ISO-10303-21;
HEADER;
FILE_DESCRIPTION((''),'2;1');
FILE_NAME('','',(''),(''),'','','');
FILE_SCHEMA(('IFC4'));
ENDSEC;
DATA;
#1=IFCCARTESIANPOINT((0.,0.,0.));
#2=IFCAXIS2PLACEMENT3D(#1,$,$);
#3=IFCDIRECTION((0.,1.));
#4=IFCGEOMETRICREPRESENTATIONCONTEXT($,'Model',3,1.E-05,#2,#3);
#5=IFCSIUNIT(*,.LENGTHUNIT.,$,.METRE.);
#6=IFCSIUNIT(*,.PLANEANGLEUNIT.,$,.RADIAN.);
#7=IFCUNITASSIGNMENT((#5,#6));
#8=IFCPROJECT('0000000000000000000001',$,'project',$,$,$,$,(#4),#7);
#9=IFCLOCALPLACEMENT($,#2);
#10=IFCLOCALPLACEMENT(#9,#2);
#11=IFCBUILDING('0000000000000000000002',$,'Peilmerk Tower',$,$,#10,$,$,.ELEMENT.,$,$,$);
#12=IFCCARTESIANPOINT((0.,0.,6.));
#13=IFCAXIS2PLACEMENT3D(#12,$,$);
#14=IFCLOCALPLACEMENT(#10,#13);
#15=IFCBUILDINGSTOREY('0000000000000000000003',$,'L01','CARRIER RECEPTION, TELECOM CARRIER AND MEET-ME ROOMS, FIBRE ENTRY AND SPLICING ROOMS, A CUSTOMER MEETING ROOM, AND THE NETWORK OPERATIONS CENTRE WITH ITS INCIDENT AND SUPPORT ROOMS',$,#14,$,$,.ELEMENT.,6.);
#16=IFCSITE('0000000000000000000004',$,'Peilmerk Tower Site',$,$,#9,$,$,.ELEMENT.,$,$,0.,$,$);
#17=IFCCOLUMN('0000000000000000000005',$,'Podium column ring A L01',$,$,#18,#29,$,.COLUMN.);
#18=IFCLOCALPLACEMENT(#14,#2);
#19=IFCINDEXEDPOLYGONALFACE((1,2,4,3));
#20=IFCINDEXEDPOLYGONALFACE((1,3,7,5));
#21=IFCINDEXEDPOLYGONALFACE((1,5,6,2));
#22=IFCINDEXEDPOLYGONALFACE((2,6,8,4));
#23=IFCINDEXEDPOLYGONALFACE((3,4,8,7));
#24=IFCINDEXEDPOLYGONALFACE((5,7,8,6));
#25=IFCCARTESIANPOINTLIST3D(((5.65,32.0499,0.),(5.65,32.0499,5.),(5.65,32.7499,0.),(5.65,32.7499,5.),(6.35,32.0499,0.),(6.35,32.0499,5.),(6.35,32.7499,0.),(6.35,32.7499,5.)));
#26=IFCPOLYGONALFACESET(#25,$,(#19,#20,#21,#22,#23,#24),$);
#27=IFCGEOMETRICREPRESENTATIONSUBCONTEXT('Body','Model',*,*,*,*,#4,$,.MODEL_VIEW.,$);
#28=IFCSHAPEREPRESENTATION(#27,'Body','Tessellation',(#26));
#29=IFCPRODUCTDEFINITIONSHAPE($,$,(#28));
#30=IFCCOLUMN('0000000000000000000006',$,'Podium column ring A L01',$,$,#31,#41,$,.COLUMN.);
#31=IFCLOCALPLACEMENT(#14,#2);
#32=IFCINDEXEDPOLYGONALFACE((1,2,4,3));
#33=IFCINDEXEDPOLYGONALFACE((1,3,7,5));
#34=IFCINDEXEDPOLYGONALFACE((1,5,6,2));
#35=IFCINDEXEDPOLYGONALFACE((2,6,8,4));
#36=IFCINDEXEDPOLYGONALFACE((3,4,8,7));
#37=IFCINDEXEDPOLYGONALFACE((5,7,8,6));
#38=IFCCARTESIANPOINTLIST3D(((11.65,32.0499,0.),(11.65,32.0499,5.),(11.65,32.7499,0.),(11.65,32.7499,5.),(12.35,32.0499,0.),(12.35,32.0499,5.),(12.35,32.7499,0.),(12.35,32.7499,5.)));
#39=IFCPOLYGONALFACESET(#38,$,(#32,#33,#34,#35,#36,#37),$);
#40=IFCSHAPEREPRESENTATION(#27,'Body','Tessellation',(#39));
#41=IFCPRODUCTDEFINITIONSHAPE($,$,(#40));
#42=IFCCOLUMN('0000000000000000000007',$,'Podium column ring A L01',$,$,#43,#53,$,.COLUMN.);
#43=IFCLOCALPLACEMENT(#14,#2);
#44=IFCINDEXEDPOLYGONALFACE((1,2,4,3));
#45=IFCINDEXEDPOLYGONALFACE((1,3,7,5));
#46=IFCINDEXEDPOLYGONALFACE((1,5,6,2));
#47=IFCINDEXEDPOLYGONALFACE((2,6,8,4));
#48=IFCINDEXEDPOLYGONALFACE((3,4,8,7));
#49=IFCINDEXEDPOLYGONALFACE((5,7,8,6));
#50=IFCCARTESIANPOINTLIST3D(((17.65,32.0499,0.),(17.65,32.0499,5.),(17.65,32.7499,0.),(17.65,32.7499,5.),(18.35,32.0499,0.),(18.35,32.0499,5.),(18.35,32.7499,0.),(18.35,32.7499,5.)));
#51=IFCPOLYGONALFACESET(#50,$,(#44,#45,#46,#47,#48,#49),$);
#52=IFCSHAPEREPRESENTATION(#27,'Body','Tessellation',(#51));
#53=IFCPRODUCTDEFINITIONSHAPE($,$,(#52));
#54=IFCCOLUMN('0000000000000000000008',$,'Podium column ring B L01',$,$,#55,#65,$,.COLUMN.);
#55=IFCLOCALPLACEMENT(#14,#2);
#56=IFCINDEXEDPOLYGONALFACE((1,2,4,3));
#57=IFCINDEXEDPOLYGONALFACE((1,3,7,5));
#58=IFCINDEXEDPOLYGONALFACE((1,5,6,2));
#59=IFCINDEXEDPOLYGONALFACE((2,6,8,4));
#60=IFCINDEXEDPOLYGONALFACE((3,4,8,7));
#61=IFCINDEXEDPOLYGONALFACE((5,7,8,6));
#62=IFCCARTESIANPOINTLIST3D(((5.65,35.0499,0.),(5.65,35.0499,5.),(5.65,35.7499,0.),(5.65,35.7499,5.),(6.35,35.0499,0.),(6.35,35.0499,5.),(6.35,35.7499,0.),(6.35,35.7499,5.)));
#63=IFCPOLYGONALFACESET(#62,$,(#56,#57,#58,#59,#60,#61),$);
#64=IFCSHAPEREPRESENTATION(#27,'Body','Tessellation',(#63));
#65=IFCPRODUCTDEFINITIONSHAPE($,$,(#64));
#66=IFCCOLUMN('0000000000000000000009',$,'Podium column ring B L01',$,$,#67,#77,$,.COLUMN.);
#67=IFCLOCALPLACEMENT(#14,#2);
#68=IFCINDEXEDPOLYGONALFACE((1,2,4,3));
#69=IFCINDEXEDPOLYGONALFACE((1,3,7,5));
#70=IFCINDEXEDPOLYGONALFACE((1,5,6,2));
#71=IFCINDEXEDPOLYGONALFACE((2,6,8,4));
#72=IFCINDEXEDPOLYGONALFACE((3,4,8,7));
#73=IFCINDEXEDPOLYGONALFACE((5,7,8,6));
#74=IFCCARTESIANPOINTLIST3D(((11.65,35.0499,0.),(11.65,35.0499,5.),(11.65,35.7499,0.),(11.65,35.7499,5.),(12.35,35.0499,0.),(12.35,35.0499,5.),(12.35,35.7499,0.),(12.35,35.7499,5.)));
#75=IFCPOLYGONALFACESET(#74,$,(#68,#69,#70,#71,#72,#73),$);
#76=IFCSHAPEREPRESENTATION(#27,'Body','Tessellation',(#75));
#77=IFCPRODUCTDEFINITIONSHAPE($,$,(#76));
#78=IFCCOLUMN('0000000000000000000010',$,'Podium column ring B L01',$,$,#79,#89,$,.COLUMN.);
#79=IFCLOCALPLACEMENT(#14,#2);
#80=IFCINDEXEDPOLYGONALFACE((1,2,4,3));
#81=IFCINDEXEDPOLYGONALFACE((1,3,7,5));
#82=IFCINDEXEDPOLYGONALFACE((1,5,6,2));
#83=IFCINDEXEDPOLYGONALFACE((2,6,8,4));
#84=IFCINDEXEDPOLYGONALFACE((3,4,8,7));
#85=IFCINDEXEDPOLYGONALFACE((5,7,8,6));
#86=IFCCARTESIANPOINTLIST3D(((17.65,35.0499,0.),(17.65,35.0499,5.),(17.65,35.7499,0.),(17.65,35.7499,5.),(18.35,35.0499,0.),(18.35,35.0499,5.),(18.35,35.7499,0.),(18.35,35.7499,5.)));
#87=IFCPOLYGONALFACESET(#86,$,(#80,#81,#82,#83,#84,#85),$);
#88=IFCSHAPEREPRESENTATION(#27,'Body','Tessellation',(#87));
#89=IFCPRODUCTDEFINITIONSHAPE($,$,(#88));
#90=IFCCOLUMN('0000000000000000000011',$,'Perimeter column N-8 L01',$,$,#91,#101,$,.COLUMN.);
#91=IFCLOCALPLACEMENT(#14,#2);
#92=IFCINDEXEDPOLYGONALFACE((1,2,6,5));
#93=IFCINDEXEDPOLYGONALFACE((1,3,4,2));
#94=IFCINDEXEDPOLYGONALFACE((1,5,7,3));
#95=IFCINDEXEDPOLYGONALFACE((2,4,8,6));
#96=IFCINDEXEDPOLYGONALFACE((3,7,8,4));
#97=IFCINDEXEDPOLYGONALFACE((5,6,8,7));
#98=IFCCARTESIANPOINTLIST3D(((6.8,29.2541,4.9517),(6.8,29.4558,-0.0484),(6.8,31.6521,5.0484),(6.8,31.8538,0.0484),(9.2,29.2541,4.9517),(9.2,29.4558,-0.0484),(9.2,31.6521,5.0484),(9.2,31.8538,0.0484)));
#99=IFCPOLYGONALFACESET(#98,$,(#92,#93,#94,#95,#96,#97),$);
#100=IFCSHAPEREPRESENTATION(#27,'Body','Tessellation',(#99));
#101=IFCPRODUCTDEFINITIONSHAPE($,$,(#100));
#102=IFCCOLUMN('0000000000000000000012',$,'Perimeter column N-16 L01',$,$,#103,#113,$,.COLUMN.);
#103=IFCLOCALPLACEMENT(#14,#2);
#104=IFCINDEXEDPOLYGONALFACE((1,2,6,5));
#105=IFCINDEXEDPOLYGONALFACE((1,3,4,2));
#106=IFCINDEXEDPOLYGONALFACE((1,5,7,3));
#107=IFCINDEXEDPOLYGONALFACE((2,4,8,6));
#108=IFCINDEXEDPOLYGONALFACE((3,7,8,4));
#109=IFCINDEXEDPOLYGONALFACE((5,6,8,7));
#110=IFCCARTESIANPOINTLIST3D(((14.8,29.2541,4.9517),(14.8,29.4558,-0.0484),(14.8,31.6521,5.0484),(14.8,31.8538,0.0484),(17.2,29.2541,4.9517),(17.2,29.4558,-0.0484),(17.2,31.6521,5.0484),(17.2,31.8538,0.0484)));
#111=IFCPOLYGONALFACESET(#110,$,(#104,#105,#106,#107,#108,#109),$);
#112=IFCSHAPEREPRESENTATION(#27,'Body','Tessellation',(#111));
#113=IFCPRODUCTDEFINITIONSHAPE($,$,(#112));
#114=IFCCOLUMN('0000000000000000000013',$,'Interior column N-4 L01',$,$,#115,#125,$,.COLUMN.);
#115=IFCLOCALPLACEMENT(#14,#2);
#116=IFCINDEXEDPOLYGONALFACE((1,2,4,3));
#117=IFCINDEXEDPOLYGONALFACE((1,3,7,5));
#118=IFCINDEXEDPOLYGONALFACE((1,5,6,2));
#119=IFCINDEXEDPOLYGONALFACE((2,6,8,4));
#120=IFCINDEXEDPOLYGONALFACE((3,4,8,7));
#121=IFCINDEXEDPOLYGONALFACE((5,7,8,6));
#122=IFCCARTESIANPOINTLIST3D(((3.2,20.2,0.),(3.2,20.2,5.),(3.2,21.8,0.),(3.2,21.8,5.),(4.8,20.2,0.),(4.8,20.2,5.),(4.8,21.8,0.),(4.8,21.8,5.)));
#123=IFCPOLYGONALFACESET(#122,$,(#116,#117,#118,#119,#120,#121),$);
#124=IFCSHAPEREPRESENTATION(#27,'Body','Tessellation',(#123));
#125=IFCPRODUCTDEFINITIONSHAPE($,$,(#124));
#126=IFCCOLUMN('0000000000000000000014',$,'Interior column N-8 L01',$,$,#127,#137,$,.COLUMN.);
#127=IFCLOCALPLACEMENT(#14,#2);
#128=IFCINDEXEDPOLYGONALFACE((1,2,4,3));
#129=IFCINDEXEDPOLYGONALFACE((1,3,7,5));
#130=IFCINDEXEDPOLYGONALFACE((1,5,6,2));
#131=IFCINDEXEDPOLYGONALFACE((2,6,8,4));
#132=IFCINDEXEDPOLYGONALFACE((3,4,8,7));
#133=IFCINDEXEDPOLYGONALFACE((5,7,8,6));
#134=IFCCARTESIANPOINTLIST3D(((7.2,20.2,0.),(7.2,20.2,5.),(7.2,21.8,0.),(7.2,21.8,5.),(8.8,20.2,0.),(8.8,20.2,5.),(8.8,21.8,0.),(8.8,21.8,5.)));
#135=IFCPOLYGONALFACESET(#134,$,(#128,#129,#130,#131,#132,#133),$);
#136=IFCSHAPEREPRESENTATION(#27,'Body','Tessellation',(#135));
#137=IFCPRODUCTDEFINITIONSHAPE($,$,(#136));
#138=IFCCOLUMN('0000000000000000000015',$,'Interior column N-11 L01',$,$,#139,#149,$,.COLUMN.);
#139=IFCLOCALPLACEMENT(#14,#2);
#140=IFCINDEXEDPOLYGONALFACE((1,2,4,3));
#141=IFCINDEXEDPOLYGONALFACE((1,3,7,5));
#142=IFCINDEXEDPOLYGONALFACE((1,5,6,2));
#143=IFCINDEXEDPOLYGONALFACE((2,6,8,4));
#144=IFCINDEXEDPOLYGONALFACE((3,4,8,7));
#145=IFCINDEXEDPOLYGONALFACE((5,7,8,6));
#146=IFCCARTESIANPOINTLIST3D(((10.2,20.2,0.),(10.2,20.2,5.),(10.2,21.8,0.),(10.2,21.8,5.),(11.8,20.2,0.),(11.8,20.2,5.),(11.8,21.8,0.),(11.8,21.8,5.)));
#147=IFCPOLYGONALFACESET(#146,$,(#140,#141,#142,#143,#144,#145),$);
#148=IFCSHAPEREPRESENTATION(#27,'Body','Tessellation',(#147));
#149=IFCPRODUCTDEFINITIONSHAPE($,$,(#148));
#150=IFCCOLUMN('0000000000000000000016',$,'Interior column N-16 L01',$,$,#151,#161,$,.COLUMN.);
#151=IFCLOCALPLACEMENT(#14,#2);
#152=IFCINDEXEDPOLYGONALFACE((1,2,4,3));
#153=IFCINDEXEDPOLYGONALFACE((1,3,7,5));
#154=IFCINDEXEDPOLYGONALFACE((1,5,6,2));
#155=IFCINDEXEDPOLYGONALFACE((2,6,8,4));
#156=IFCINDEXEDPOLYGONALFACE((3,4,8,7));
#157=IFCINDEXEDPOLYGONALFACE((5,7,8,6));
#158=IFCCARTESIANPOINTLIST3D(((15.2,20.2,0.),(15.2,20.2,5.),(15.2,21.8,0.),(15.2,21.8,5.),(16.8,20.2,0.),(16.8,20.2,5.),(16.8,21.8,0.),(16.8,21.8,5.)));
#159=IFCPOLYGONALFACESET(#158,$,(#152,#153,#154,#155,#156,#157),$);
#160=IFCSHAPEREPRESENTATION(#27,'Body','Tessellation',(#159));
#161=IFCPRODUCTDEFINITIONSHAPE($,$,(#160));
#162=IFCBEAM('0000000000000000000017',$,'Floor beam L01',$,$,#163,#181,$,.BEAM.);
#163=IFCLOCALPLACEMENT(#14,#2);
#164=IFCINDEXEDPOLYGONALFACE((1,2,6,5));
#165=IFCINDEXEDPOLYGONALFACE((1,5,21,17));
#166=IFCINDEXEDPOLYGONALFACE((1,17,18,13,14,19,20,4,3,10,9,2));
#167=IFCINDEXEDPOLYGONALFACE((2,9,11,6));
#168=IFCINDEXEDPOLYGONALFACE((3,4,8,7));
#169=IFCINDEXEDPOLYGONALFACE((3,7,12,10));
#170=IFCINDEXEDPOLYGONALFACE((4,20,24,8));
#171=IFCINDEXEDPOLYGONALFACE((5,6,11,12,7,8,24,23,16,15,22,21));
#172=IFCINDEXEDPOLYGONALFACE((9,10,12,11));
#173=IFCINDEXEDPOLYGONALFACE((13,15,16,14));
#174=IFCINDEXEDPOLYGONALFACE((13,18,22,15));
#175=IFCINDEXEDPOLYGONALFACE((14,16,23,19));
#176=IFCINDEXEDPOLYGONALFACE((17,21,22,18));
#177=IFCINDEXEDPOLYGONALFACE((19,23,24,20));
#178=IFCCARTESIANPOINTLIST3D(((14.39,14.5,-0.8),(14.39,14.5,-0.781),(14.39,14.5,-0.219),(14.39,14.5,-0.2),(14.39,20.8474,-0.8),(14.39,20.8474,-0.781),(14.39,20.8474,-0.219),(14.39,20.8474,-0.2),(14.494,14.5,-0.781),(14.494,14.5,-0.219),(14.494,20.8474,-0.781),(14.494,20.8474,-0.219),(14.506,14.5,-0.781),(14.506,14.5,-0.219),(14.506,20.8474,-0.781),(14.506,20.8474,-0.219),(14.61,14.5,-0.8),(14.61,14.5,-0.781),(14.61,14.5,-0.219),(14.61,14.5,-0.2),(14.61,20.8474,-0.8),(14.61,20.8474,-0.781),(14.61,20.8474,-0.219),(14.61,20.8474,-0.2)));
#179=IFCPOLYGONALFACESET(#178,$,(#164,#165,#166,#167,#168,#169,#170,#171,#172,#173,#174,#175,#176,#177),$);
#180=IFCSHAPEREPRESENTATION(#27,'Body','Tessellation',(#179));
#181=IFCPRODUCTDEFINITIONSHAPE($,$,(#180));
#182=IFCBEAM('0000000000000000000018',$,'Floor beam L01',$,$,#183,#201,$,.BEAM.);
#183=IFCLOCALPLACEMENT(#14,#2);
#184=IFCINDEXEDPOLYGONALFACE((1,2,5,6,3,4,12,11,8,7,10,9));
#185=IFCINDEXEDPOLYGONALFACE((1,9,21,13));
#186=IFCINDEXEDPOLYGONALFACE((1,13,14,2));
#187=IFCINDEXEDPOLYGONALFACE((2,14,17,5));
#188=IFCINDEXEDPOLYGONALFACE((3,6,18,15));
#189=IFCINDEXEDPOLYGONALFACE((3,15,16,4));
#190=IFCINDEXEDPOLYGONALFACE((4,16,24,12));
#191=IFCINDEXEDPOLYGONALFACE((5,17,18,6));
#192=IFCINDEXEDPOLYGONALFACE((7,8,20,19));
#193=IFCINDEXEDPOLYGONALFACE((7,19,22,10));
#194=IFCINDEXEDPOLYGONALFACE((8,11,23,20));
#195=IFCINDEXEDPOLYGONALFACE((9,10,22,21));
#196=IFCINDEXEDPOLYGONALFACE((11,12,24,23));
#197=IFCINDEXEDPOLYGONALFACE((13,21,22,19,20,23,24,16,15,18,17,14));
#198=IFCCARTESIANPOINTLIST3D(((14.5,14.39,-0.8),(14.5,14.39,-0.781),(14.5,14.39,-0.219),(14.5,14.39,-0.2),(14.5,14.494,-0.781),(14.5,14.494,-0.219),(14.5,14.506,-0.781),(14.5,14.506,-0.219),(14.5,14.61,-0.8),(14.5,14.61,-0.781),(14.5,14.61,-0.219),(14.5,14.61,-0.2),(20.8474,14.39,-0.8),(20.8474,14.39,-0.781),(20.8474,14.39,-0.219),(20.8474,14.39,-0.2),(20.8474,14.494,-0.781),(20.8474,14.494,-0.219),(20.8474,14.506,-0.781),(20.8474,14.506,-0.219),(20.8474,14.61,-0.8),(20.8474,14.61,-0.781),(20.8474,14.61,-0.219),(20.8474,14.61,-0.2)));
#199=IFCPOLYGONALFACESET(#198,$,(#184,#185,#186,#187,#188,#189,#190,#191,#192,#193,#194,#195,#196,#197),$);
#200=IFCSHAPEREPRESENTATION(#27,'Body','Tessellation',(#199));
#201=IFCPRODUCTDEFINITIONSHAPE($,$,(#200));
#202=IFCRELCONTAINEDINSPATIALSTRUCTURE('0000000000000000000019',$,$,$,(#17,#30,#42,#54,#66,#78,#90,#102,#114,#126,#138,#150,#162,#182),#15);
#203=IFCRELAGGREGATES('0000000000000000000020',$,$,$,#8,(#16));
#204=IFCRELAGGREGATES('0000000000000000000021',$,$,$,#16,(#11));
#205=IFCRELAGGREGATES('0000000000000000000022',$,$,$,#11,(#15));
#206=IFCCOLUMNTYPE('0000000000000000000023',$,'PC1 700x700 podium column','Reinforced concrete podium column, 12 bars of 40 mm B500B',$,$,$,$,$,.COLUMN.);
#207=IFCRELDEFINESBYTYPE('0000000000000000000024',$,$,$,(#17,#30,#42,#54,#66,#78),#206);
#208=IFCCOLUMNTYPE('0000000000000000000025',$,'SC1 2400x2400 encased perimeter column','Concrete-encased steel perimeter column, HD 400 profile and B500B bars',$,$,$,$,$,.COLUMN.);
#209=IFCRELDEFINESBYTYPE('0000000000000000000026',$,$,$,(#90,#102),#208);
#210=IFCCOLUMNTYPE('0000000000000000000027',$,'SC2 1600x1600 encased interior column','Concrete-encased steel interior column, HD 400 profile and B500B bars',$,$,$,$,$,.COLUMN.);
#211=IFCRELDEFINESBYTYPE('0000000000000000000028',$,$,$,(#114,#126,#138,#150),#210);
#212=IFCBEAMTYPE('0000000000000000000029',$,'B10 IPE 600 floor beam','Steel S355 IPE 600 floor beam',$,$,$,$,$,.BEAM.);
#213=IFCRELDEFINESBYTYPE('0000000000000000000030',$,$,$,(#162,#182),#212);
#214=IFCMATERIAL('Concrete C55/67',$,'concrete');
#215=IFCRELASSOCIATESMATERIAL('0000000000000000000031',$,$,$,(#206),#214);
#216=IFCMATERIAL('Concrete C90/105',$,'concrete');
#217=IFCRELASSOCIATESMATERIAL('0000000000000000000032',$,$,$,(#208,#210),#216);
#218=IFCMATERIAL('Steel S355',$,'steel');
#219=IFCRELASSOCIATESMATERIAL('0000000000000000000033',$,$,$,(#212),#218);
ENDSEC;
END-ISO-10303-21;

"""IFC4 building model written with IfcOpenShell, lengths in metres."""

from ifc_helpers import new_model, si_unit, direction, frame, origin, origin_2d, place, context, subcontext, project, spatial, rectangle, i_section, extrude, material, material_profile, profile_set, type_object, element, save


model = new_model("IFC4")

# Units and contexts
model_context = context("Model", 3, precision=1e-05, world=origin(), true_north=direction((0.0, 1.0)))
body_context = subcontext(model_context, "Body", "Model", "MODEL_VIEW")
ifc_project = project(units=[si_unit("LENGTHUNIT", "METRE"), si_unit("PLANEANGLEUNIT", "RADIAN")], contexts=[model_context])

# Site, building, storey
site_placement = place(None, origin())
site = spatial("IfcSite", under=ifc_project, at=site_placement, Name="Peilmerk Tower Site", CompositionType="ELEMENT", RefElevation=0.0)
building_placement = place(site_placement, origin())
building = spatial("IfcBuilding", under=site, at=building_placement, Name="Peilmerk Tower", CompositionType="ELEMENT")
storey_placement = place(building_placement, frame((0.0, 0.0, 6.0)))
storey = spatial("IfcBuildingStorey", under=building, at=storey_placement, Name="L01", Description="CARRIER RECEPTION, TELECOM CARRIER AND MEET-ME ROOMS, FIBRE ENTRY AND SPLICING ROOMS, A CUSTOMER MEETING ROOM, AND THE NETWORK OPERATIONS CENTRE WITH ITS INCIDENT AND SUPPORT ROOMS", CompositionType="ELEMENT", Elevation=6.0)

# Columns
ifc_material_1 = material(Name="Concrete C55/67", Category="concrete")
ifc_material_profile_1 = material_profile(ifc_material_1, rectangle(XDim=0.7, YDim=0.7, at=origin_2d()), Name="RC 700x700")
ifc_profile_set_1 = profile_set([ifc_material_profile_1], Name="Concrete C55/67")
column_type_1 = type_object("IfcColumnType", Name="PC1 700x700 podium column", Description="Reinforced concrete podium column, 12 bars of 40 mm B500B", PredefinedType="COLUMN", material=ifc_profile_set_1)
for number, where, z_axis, x_axis, name in (
    (1, (6.0, 32.3999, 0.0), (0.0, 0.0, 1.0), (1.0, 0.0, 0.0), "Podium column ring A L01"),
    (2, (12.0, 32.3999, 0.0), (0.0, 0.0, 1.0), (1.0, 0.0, 0.0), "Podium column ring A L01"),
    (3, (18.0, 32.3999, 0.0), (0.0, 0.0, 1.0), (1.0, 0.0, 0.0), "Podium column ring A L01"),
    (4, (6.0, 35.3999, 0.0), (0.0, 0.0, 1.0), (1.0, 0.0, 0.0), "Podium column ring B L01"),
    (5, (12.0, 35.3999, 0.0), (0.0, 0.0, 1.0), (1.0, 0.0, 0.0), "Podium column ring B L01"),
    (6, (18.0, 35.3999, 0.0), (0.0, 0.0, 1.0), (1.0, 0.0, 0.0), "Podium column ring B L01"),
):
    element("IfcColumn", number, at=place(storey_placement, frame(where, z_axis=z_axis, x_axis=x_axis)), inside=storey, type_object=column_type_1, Name=name, PredefinedType="COLUMN", context=body_context, shape_type="SweptSolid", body=[
        extrude(rectangle(XDim=0.7, YDim=0.7, at=origin_2d()), origin(), (0.0, 0.0, 1.0), 5.0),
    ])
ifc_material_2 = material(Name="Concrete C90/105", Category="concrete")
ifc_material_profile_2 = material_profile(ifc_material_2, rectangle(XDim=2.3999, YDim=2.3999, at=origin_2d()), Name="RC 2400x2400")
ifc_profile_set_2 = profile_set([ifc_material_profile_2], Name="Concrete C90/105")
column_type_2 = type_object("IfcColumnType", Name="SC1 2400x2400 encased perimeter column", Description="Concrete-encased steel perimeter column, HD 400 profile and B500B bars", PredefinedType="COLUMN", material=ifc_profile_set_2)
for number, where, z_axis, x_axis, name in (
    (7, (8.0, 30.6548, 0.0), (0.0, -0.040299, 0.999188), (1.0, 0.0, 0.0), "Perimeter column N-8 L01"),
    (8, (16.0, 30.6548, 0.0), (0.0, -0.040299, 0.999188), (1.0, 0.0, 0.0), "Perimeter column N-16 L01"),
):
    element("IfcColumn", number, at=place(storey_placement, frame(where, z_axis=z_axis, x_axis=x_axis)), inside=storey, type_object=column_type_2, Name=name, PredefinedType="COLUMN", context=body_context, shape_type="SweptSolid", body=[
        extrude(rectangle(XDim=2.3999, YDim=2.3999, at=origin_2d()), origin(), (0.0, 0.0, 1.0), 5.0042),
    ])
ifc_material_profile_3 = material_profile(ifc_material_2, rectangle(XDim=1.6001, YDim=1.6001, at=origin_2d()), Name="RC 1600x1600")
ifc_profile_set_3 = profile_set([ifc_material_profile_3], Name="Concrete C90/105")
column_type_3 = type_object("IfcColumnType", Name="SC2 1600x1600 encased interior column", Description="Concrete-encased steel interior column, HD 400 profile and B500B bars", PredefinedType="COLUMN", material=ifc_profile_set_3)
for number, where, z_axis, x_axis, name in (
    (9, (4.0, 21.0, 0.0), (0.0, 0.0, 1.0), (1.0, 0.0, 0.0), "Interior column N-4 L01"),
    (10, (8.0, 21.0, 0.0), (0.0, 0.0, 1.0), (1.0, 0.0, 0.0), "Interior column N-8 L01"),
    (11, (11.0, 21.0, 0.0), (0.0, 0.0, 1.0), (1.0, 0.0, 0.0), "Interior column N-11 L01"),
    (12, (16.0, 21.0, 0.0), (0.0, 0.0, 1.0), (1.0, 0.0, 0.0), "Interior column N-16 L01"),
):
    element("IfcColumn", number, at=place(storey_placement, frame(where, z_axis=z_axis, x_axis=x_axis)), inside=storey, type_object=column_type_3, Name=name, PredefinedType="COLUMN", context=body_context, shape_type="SweptSolid", body=[
        extrude(rectangle(XDim=1.6001, YDim=1.6001, at=origin_2d()), origin(), (0.0, 0.0, 1.0), 5.0),
    ])

# Beams
ifc_material_3 = material(Name="Steel S355", Category="steel")
ifc_material_profile_4 = material_profile(ifc_material_3, i_section(OverallWidth=0.22, OverallDepth=0.6001, WebThickness=0.012, FlangeThickness=0.019, at=origin_2d()), Name="IPE 600")
ifc_profile_set_4 = profile_set([ifc_material_profile_4], Name="Steel S355")
beam_type_1 = type_object("IfcBeamType", Name="B10 IPE 600 floor beam", Description="Steel S355 IPE 600 floor beam", PredefinedType="BEAM", material=ifc_profile_set_4)
for number, where, z_axis, x_axis, name in (
    (13, (14.5, 14.5, -0.5), (0.0, 1.0, 0.0), (-1.0, 0.0, 0.0), "Floor beam L01"),
    (14, (14.5, 14.5, -0.5), (1.0, 0.0, 0.0), (0.0, 1.0, 0.0), "Floor beam L01"),
):
    element("IfcBeam", number, at=place(storey_placement, frame(where, z_axis=z_axis, x_axis=x_axis)), inside=storey, type_object=beam_type_1, Name=name, PredefinedType="BEAM", context=body_context, shape_type="SweptSolid", body=[
        extrude(i_section(OverallWidth=0.22, OverallDepth=0.6001, WebThickness=0.012, FlangeThickness=0.019, at=origin_2d()), origin(), (0.0, 0.0, 1.0), 6.3474),
    ])

save(model, "model.ifc")
